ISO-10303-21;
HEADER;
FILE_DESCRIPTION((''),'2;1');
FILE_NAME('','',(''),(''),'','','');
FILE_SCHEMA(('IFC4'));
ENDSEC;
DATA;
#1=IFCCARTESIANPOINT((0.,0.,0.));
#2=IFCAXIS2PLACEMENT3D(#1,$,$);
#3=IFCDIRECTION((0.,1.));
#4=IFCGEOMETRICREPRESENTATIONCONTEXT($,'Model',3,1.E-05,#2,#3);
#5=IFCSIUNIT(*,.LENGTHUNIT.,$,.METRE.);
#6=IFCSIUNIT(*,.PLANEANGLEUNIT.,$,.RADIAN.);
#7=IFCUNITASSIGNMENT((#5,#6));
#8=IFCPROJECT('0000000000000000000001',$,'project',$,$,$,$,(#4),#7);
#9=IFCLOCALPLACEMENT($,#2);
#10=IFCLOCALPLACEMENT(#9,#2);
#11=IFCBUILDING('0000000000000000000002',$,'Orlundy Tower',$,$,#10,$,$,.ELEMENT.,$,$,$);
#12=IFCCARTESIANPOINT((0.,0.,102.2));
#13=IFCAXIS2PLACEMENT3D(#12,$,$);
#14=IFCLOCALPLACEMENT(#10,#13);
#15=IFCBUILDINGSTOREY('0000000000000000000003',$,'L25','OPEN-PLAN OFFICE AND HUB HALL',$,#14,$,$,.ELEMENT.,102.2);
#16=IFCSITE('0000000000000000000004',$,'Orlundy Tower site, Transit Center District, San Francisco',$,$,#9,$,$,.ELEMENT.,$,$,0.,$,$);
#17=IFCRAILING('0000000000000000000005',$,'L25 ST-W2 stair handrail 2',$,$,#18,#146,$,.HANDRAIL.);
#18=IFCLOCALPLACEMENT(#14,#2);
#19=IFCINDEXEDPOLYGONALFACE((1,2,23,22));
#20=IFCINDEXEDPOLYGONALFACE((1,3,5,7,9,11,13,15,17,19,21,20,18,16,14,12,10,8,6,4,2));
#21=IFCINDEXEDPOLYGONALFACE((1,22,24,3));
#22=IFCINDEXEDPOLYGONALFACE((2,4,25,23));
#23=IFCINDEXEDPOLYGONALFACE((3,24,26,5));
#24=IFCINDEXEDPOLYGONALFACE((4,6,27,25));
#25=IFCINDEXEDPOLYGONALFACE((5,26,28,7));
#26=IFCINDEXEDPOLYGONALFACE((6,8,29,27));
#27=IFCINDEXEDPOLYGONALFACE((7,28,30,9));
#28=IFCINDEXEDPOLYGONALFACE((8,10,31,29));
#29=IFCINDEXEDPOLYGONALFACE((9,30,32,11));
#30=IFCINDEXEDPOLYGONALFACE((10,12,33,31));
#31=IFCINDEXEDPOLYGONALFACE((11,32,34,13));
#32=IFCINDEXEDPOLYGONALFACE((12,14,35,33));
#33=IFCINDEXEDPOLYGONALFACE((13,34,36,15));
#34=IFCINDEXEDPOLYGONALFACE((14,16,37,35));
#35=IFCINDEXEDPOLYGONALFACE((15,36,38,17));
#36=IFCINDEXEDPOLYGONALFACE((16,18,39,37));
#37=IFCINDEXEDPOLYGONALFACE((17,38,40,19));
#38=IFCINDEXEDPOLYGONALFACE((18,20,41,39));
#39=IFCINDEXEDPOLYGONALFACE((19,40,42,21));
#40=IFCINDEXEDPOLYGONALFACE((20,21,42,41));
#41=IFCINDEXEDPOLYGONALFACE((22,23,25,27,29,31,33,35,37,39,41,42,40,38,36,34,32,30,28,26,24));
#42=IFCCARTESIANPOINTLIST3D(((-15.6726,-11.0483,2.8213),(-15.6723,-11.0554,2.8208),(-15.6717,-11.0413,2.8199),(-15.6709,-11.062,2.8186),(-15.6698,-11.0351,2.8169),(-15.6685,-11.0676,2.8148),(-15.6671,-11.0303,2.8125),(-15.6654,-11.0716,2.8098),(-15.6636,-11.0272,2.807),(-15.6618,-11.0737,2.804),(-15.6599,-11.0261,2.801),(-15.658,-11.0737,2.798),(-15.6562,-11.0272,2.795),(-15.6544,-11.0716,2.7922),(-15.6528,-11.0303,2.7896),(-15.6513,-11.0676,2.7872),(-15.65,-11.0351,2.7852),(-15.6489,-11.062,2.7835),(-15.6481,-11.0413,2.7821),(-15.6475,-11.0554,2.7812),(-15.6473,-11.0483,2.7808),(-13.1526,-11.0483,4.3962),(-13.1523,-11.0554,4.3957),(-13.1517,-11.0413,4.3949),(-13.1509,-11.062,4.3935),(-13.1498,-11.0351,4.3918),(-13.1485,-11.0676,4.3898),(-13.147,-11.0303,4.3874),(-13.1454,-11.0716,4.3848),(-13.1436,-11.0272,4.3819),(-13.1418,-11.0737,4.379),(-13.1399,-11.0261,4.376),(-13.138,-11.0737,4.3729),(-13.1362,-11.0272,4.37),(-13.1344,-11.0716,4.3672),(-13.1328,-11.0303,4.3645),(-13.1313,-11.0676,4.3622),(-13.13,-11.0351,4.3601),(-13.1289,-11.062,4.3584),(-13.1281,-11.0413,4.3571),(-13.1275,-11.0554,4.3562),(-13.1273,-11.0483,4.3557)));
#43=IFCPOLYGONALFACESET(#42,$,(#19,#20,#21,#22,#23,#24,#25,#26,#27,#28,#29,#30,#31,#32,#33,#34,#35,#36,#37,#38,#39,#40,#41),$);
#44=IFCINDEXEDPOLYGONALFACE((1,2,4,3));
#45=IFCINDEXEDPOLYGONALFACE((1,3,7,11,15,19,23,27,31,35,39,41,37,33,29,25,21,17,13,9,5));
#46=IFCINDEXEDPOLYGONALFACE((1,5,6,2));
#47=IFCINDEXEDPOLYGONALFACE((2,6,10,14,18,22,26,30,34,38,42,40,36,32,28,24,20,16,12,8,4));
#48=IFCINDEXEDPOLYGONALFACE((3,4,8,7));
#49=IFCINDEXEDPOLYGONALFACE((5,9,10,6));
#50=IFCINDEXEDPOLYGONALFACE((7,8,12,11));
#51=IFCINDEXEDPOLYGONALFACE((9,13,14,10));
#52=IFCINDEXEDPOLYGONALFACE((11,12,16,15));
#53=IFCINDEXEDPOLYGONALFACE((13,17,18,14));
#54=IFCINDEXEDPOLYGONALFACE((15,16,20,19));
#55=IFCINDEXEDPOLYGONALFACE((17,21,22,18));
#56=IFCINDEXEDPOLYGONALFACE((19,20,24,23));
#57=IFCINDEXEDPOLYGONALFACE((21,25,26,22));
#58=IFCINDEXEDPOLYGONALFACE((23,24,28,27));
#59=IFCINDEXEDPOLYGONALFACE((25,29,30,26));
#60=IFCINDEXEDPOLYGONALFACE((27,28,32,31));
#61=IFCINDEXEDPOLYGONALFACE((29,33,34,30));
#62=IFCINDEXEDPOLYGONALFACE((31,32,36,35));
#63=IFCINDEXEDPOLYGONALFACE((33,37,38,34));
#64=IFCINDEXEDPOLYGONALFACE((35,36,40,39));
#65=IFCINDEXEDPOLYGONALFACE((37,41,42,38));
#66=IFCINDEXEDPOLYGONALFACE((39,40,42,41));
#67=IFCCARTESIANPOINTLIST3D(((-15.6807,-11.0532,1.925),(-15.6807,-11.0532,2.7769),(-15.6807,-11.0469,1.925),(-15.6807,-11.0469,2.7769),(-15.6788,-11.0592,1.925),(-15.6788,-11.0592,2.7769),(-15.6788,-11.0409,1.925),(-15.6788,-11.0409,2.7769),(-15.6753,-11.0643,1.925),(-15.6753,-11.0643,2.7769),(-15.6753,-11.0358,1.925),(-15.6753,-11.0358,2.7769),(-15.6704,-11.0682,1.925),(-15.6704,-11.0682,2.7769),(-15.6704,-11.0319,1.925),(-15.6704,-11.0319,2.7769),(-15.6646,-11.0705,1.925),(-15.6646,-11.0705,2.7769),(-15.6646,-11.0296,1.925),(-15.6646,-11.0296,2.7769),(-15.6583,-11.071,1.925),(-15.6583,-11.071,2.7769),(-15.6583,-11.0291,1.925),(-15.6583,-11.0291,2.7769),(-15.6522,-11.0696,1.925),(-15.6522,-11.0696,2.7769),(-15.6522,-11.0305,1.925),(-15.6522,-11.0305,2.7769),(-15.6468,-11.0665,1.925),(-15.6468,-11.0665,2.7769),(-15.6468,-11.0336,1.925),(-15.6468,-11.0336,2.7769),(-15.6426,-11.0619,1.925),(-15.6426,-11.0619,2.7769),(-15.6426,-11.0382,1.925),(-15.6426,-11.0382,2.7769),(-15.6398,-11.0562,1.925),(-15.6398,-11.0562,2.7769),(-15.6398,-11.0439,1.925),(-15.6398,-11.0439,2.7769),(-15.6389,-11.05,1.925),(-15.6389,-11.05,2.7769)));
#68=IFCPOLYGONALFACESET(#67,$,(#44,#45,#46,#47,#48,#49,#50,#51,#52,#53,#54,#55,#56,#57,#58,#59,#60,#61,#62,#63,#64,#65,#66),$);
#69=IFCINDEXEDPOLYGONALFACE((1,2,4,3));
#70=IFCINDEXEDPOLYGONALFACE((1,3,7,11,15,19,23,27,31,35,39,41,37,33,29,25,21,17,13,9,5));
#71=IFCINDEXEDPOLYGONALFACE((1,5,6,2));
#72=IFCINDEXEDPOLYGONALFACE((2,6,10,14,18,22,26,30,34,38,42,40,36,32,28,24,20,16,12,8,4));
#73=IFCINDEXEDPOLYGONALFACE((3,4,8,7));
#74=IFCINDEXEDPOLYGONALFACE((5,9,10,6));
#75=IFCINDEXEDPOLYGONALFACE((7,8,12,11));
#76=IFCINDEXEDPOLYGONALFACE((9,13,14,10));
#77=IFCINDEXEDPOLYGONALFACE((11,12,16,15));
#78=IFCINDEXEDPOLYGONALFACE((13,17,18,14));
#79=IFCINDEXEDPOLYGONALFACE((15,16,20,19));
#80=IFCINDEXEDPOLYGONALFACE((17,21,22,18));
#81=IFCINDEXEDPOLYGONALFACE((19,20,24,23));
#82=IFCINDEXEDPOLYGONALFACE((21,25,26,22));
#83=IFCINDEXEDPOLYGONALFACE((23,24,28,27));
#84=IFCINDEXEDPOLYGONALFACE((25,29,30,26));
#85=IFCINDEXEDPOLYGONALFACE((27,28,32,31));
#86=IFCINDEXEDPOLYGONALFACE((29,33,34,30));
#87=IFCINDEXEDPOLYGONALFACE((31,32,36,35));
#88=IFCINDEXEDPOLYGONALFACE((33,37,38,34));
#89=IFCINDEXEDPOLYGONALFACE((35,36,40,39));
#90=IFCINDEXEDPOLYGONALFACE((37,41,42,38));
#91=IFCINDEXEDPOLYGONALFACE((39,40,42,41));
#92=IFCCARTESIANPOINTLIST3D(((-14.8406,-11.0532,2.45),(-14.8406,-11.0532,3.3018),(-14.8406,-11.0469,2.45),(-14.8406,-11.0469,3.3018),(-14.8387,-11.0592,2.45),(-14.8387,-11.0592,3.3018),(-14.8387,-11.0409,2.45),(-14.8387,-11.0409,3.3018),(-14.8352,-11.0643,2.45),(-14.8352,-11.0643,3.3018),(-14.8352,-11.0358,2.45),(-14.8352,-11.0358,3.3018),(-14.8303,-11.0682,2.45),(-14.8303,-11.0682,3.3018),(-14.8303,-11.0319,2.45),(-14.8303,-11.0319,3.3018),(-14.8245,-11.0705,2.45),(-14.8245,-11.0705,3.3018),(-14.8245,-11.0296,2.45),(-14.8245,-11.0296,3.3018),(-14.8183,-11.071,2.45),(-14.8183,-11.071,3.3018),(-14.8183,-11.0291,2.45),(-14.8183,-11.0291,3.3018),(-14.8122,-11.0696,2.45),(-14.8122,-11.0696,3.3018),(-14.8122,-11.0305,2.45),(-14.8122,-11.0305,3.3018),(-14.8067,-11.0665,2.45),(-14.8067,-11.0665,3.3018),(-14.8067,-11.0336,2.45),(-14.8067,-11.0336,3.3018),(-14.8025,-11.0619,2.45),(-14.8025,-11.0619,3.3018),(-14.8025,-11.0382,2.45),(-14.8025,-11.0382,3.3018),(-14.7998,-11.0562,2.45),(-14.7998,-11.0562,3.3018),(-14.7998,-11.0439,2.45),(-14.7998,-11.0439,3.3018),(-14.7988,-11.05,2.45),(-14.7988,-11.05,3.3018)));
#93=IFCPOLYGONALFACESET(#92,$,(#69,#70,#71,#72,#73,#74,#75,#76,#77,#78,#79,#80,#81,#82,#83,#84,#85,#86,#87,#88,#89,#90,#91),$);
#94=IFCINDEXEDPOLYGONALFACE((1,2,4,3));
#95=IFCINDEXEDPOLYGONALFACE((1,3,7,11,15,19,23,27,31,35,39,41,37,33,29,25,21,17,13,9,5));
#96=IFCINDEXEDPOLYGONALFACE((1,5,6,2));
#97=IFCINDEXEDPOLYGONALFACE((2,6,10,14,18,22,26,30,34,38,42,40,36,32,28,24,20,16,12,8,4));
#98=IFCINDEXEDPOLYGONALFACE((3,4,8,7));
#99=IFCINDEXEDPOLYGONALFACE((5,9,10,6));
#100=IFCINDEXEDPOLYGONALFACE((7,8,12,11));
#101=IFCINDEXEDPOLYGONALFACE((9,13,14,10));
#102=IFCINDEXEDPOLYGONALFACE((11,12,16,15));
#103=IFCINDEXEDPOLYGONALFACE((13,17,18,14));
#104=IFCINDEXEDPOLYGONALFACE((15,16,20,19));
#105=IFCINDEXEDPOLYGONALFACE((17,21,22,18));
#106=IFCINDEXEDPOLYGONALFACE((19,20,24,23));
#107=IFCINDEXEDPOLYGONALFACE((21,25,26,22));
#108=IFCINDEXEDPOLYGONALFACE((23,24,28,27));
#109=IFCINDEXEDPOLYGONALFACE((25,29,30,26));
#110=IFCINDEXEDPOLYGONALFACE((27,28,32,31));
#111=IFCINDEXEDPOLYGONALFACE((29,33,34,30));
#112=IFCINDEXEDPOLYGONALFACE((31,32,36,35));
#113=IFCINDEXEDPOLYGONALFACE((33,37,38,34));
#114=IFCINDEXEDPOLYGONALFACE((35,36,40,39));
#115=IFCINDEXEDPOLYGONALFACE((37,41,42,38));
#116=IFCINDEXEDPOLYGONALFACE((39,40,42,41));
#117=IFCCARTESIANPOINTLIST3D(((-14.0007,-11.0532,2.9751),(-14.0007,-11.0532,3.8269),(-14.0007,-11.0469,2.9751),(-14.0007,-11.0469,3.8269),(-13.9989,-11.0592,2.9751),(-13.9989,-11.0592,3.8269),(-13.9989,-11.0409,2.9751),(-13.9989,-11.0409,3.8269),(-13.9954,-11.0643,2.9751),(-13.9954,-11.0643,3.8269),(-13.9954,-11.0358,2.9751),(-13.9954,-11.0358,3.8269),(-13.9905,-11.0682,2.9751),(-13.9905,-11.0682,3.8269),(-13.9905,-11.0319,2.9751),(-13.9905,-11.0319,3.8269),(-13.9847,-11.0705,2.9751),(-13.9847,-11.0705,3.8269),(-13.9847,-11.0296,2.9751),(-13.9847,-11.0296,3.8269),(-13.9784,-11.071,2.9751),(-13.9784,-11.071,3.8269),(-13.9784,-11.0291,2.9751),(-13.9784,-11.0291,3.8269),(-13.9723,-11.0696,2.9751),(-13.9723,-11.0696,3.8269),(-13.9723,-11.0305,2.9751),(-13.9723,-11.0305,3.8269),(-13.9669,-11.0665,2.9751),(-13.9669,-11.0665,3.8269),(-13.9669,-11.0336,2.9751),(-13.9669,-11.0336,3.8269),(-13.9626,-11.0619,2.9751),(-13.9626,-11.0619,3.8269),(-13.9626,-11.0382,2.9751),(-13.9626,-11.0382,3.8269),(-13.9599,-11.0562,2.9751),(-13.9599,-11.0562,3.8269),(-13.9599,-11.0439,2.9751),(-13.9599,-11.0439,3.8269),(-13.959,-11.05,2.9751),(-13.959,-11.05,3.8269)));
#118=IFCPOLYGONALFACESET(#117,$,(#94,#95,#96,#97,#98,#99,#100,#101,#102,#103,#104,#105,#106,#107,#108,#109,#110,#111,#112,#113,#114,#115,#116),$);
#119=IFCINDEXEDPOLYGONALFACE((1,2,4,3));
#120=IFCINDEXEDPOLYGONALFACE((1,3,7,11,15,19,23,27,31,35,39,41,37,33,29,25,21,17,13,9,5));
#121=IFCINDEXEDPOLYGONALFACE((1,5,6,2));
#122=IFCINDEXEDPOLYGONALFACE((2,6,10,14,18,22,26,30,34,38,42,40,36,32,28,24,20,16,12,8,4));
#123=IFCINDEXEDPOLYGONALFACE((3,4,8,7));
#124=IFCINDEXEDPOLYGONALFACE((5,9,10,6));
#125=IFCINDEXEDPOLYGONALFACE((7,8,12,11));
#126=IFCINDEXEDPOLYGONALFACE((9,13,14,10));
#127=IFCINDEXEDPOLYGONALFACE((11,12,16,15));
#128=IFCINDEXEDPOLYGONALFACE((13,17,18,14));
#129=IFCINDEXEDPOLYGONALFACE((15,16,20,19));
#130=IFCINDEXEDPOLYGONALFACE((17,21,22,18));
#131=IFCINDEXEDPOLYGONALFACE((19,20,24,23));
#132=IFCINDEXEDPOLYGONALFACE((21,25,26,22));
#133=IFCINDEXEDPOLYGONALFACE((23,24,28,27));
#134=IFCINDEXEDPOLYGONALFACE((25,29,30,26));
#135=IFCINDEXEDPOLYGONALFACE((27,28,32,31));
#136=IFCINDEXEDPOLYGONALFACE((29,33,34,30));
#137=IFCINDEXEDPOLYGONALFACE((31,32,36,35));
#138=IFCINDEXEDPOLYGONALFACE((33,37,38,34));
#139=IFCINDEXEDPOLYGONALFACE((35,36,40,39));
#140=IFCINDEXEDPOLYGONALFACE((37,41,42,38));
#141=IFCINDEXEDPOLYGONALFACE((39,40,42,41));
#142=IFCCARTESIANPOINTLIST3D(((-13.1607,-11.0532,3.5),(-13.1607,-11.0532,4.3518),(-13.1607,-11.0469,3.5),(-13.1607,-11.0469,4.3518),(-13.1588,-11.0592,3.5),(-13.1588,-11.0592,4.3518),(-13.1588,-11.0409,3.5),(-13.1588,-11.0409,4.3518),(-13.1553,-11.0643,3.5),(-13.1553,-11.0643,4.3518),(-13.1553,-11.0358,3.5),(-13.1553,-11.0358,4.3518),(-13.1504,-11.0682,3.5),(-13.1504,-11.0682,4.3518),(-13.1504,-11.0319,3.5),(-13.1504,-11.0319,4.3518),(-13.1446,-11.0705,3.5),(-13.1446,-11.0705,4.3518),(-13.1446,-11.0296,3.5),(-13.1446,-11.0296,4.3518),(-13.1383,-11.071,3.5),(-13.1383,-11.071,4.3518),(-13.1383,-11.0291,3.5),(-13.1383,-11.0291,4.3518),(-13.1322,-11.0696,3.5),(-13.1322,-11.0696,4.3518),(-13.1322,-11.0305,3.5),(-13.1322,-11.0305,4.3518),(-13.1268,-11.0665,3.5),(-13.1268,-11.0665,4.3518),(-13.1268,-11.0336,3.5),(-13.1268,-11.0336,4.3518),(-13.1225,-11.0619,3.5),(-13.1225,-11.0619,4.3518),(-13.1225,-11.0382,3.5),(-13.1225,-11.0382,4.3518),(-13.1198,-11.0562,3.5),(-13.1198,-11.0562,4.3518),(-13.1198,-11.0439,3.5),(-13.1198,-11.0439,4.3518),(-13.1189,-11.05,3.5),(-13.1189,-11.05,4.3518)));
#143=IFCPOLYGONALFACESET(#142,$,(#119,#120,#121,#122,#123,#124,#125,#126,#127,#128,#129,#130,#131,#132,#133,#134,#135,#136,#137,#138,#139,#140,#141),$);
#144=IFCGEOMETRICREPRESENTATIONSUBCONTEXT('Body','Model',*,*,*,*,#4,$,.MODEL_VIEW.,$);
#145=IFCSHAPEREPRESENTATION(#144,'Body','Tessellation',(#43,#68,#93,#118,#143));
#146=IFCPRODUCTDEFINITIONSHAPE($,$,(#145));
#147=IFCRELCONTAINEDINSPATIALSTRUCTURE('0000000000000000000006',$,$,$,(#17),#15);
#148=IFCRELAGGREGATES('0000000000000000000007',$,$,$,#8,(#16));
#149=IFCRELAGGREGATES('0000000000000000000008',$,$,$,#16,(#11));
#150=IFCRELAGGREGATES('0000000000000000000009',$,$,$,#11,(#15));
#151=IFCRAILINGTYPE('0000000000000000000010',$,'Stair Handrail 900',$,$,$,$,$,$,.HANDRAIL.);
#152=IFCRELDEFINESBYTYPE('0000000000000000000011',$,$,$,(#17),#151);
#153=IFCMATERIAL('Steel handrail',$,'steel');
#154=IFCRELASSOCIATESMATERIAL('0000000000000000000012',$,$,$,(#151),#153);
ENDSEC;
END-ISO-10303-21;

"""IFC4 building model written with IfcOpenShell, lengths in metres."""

from ifc_helpers import new_model, si_unit, direction, frame, origin, origin_2d, place, context, subcontext, project, spatial, circle, extrude, material, type_object, element, save


model = new_model("IFC4")

# Units and contexts
model_context = context("Model", 3, precision=1e-05, world=origin(), true_north=direction((0.0, 1.0)))
body_context = subcontext(model_context, "Body", "Model", "MODEL_VIEW")
ifc_project = project(units=[si_unit("LENGTHUNIT", "METRE"), si_unit("PLANEANGLEUNIT", "RADIAN")], contexts=[model_context])

# Site, building, storey
site_placement = place(None, origin())
site = spatial("IfcSite", under=ifc_project, at=site_placement, Name="Orlundy Tower site, Transit Center District, San Francisco", CompositionType="ELEMENT", RefElevation=0.0)
building_placement = place(site_placement, origin())
building = spatial("IfcBuilding", under=site, at=building_placement, Name="Orlundy Tower", CompositionType="ELEMENT")
storey_placement = place(building_placement, frame((0.0, 0.0, 102.2)))
storey = spatial("IfcBuildingStorey", under=building, at=storey_placement, Name="L25", Description="OPEN-PLAN OFFICE AND HUB HALL", CompositionType="ELEMENT", Elevation=102.2)

# Railing
ifc_material_1 = material(Name="Steel handrail", Category="steel")
railing_type_1 = type_object("IfcRailingType", Name="Stair Handrail 900", PredefinedType="HANDRAIL", material=ifc_material_1)
railing_1_placement = place(storey_placement, frame((-15.6599, -11.05, 1.925)))
element("IfcRailing", 1, at=railing_1_placement, inside=storey, type_object=railing_type_1, Name="L25 ST-W2 stair handrail 2", PredefinedType="HANDRAIL", context=body_context, shape_type="SweptSolid", body=[
    extrude(circle(Radius=0.0239, at=origin_2d()), frame((0.0, 0.0, 0.876), z_axis=(0.848008, 0.0, 0.529984), x_axis=(0.0, 1.0, 0.0)), (0.0, 0.0, 1.0), 2.9717),
    extrude(circle(Radius=0.021, at=origin_2d()), origin(), (0.0, 0.0, 1.0), 0.8518),
    extrude(circle(Radius=0.021, at=origin_2d()), frame((0.8401, 0.0, 0.5249)), (0.0, 0.0, 1.0), 0.8518),
    extrude(circle(Radius=0.021, at=origin_2d()), frame((1.6799, 0.0, 1.05)), (0.0, 0.0, 1.0), 0.8518),
    extrude(circle(Radius=0.021, at=origin_2d()), frame((2.52, 0.0, 1.575)), (0.0, 0.0, 1.0), 0.8518),
])

save(model, "model.ifc")
